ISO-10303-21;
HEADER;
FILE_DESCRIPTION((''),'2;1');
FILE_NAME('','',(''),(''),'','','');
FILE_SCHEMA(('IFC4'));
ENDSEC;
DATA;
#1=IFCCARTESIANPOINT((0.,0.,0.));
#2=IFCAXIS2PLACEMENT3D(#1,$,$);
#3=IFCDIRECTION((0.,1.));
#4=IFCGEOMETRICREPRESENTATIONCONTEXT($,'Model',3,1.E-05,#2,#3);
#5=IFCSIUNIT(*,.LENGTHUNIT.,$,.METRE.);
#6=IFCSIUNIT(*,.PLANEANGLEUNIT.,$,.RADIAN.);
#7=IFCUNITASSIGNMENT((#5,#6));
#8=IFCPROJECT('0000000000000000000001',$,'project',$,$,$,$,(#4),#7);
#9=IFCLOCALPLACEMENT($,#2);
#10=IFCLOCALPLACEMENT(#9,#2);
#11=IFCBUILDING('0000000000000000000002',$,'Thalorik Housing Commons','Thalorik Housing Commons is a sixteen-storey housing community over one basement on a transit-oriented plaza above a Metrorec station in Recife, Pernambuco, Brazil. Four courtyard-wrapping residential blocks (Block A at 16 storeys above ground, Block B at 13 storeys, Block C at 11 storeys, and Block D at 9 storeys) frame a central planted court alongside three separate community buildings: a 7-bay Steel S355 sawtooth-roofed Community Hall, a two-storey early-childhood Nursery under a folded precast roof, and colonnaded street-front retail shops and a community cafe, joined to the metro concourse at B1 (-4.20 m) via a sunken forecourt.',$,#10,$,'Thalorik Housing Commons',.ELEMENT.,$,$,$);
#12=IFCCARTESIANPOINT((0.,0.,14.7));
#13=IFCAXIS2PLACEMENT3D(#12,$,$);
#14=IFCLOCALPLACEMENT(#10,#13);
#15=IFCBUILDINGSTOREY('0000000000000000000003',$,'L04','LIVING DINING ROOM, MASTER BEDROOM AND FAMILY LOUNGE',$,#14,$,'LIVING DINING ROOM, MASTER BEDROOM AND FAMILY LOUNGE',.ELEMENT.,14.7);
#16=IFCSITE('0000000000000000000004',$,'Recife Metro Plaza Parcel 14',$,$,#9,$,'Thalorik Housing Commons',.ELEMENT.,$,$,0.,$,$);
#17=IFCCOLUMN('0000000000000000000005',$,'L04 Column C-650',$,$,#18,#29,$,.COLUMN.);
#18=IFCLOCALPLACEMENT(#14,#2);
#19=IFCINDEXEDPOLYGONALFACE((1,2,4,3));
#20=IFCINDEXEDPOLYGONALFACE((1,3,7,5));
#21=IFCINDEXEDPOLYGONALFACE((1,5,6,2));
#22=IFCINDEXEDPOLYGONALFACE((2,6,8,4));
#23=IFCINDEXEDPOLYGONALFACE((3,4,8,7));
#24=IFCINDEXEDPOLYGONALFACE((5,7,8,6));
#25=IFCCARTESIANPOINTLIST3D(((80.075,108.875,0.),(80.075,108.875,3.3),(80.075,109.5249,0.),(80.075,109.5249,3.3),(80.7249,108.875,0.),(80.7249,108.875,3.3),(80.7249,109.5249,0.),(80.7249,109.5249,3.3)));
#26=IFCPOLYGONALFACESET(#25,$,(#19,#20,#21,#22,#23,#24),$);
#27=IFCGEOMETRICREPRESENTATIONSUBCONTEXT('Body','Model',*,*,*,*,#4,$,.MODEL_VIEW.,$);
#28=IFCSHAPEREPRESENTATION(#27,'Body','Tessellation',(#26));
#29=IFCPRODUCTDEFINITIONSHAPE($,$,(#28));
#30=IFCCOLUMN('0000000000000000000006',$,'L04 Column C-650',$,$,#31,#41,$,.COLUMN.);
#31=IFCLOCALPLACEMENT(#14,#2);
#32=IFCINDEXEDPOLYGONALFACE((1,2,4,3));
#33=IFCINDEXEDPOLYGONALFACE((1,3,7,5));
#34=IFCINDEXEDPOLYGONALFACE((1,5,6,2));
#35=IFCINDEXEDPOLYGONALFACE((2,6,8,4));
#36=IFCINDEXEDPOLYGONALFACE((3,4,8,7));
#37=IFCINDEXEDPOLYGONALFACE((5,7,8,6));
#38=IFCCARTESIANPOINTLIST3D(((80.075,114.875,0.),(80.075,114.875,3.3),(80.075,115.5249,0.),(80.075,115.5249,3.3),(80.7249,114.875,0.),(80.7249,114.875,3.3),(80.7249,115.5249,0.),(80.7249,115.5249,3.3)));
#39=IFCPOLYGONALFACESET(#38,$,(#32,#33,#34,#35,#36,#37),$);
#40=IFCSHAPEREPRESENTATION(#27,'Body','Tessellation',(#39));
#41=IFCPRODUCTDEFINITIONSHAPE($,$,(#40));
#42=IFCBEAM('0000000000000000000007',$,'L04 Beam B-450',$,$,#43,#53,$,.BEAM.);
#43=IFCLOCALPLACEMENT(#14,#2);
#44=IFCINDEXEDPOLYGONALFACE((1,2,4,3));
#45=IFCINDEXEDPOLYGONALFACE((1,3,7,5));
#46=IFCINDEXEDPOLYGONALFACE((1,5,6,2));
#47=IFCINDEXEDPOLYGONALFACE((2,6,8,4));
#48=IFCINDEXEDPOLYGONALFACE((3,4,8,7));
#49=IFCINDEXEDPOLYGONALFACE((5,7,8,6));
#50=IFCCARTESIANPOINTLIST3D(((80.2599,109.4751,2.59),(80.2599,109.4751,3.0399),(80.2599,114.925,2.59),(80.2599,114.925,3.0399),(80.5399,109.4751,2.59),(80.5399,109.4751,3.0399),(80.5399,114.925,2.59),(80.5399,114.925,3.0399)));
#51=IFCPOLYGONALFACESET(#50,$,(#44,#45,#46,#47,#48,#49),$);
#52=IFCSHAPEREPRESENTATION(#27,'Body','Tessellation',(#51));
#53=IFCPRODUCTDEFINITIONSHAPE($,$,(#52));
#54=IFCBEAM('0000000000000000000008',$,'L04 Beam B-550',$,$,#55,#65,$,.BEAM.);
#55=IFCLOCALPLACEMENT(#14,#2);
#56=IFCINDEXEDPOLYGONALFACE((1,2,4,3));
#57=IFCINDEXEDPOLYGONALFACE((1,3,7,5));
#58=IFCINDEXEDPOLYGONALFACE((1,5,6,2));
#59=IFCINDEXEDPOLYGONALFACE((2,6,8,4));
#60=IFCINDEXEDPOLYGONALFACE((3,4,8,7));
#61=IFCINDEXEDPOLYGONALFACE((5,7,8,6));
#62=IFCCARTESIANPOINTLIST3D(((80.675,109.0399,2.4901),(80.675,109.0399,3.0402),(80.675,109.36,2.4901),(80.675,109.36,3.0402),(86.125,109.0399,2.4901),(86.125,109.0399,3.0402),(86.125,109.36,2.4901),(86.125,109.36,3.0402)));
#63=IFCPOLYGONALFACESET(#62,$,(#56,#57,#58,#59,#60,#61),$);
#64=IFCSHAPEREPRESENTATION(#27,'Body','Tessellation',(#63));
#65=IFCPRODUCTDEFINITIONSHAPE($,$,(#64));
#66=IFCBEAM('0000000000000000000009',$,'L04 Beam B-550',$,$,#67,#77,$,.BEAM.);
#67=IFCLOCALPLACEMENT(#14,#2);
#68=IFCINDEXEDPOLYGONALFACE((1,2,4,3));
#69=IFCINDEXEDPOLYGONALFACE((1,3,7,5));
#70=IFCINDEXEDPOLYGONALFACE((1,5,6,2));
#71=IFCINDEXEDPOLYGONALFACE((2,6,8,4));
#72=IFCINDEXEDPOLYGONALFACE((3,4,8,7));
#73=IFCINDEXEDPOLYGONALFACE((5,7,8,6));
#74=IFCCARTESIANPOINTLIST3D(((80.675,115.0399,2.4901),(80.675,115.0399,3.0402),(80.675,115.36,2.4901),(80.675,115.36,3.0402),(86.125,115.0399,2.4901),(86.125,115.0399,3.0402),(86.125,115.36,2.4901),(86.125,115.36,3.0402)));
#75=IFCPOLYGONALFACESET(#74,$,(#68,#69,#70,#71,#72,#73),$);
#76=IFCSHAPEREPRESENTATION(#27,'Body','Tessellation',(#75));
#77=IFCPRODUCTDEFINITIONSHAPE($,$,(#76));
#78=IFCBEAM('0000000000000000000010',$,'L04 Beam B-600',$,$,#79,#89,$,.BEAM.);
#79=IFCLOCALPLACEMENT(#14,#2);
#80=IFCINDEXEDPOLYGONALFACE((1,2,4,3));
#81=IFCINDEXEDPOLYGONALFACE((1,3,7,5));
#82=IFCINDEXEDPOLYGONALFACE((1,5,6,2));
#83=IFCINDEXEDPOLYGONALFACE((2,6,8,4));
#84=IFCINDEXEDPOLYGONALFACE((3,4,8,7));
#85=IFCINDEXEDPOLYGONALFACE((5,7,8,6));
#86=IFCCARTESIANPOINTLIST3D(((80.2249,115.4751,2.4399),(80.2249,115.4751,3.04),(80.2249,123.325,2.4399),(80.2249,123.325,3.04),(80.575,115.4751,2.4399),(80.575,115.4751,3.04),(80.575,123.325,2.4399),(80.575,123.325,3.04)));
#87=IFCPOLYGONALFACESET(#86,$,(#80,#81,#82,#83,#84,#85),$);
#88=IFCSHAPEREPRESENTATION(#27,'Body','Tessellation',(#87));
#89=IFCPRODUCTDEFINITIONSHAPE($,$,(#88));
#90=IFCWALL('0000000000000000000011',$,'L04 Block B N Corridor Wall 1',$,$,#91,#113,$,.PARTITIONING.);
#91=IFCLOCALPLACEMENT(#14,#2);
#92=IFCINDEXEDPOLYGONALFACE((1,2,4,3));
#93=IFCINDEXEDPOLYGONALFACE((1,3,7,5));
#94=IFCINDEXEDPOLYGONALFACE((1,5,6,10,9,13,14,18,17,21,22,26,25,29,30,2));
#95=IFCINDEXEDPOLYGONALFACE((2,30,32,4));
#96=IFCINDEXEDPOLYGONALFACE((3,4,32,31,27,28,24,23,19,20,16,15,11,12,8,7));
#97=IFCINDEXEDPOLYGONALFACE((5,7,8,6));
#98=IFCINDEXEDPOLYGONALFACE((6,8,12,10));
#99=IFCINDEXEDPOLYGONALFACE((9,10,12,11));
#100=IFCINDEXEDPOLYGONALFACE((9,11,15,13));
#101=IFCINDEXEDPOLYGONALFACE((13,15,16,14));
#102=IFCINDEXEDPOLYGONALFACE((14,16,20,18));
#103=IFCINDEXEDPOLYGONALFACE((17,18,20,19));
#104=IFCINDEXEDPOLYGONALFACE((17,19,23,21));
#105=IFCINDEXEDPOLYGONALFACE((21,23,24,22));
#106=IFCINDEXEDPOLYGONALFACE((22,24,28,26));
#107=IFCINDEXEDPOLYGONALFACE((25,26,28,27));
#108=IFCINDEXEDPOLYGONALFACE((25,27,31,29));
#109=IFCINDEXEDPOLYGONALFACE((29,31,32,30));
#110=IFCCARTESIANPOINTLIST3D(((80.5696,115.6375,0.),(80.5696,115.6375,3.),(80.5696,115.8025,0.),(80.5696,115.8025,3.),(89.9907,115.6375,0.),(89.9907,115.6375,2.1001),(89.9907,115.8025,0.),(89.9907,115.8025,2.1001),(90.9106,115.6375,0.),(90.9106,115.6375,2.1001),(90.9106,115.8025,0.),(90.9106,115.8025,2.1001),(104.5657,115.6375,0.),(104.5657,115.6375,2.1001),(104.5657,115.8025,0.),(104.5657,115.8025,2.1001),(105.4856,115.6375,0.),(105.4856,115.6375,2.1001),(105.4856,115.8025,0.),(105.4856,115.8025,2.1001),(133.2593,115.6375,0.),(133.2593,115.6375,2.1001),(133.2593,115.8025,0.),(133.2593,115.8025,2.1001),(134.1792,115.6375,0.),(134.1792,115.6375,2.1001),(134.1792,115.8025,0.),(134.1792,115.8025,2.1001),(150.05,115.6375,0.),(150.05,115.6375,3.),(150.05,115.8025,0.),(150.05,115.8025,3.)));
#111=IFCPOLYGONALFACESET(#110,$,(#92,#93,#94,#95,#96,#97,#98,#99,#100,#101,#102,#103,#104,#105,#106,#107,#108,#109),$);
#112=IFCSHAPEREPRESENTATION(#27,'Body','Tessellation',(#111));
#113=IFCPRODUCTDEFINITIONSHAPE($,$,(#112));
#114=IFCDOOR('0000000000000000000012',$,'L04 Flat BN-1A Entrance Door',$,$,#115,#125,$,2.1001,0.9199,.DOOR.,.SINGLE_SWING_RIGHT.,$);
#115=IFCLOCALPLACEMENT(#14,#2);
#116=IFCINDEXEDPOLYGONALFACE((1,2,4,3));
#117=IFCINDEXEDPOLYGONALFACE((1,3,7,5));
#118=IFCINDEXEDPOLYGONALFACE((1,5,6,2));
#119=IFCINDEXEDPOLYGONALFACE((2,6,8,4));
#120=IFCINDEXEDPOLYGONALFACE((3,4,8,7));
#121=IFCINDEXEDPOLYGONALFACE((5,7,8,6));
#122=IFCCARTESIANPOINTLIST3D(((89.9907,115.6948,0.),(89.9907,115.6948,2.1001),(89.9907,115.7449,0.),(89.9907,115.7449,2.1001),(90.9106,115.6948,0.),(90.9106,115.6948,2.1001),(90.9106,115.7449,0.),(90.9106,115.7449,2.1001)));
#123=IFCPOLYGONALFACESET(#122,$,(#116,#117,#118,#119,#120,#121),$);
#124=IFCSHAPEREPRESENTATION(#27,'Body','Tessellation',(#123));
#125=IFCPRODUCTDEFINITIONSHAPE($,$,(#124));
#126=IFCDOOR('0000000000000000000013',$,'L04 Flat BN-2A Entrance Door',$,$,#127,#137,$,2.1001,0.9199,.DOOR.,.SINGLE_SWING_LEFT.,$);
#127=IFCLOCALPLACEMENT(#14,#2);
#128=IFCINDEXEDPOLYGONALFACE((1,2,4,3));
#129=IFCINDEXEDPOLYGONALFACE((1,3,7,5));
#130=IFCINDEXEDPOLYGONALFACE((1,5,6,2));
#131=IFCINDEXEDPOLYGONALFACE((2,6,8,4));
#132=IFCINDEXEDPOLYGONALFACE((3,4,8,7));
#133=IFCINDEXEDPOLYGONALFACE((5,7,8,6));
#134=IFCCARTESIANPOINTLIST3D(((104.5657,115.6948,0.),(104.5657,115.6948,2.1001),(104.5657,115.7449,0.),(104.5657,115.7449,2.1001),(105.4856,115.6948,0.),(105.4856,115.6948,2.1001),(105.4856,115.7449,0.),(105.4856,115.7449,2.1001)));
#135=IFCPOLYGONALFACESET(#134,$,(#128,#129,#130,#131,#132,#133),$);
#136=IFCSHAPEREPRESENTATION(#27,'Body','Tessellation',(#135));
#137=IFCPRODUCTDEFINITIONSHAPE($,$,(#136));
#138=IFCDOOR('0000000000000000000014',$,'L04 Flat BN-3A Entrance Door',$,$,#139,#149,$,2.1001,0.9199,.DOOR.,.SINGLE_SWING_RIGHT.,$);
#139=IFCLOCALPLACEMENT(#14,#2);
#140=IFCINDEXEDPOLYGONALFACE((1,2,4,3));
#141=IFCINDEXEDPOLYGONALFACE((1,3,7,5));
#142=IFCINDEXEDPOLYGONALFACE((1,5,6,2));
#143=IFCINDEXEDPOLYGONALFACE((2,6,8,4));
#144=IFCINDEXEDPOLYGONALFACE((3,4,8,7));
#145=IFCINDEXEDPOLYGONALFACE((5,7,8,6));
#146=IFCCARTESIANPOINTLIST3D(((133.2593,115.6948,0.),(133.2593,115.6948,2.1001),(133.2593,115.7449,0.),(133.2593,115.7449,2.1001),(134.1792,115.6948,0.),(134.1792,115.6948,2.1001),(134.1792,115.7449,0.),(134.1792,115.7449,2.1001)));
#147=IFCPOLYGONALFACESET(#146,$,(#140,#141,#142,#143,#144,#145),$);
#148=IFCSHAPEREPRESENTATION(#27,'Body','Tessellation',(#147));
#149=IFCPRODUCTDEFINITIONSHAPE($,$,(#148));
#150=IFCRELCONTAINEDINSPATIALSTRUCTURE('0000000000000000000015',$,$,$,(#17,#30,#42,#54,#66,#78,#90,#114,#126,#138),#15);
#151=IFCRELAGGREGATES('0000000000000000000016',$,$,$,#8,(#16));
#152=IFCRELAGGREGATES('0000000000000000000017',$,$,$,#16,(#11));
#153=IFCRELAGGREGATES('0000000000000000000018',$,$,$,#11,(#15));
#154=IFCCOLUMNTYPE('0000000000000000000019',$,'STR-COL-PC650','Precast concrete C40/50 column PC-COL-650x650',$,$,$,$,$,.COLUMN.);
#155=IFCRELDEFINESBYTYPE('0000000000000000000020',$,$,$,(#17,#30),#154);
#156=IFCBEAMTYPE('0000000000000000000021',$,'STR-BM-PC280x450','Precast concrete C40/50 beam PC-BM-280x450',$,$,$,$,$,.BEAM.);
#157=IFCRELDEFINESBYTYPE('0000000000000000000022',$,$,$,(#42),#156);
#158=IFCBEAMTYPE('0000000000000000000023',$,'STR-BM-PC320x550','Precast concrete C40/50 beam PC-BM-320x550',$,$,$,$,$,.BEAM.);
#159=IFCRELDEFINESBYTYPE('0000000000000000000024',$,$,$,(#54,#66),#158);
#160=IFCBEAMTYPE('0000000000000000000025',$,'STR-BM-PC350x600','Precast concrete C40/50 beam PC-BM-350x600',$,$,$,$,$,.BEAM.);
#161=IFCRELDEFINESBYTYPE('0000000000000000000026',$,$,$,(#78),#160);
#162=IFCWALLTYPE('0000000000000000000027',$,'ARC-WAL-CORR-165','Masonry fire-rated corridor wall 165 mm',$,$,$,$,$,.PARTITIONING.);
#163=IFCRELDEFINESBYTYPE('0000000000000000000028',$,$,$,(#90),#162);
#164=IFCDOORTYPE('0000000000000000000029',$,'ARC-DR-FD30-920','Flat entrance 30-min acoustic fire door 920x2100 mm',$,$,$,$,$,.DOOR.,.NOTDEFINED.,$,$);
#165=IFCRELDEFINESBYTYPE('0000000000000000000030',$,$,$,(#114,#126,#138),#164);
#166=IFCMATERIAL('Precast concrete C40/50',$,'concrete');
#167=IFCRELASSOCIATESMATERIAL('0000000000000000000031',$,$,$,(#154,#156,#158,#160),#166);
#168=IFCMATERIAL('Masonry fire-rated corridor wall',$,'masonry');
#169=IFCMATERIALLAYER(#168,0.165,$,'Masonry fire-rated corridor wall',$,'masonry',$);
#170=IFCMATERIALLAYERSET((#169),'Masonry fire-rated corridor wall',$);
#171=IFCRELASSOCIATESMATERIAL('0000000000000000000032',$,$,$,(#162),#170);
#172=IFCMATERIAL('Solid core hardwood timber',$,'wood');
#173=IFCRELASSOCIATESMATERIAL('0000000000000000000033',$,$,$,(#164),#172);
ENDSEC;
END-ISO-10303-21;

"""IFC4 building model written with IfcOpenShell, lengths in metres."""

from ifc_helpers import new_model, si_unit, direction, frame, frame_2d, origin, origin_2d, place, context, subcontext, project, spatial, rectangle, extrude, material, layer, layer_set, material_profile, profile_set, type_object, element, fill, save


model = new_model("IFC4")

# Units and contexts
model_context = context("Model", 3, precision=1e-05, world=origin(), true_north=direction((0.0, 1.0)))
body_context = subcontext(model_context, "Body", "Model", "MODEL_VIEW")
ifc_project = project(units=[si_unit("LENGTHUNIT", "METRE"), si_unit("PLANEANGLEUNIT", "RADIAN")], contexts=[model_context])

# Site, building, storey
site_placement = place(None, origin())
site = spatial("IfcSite", under=ifc_project, at=site_placement, Name="Recife Metro Plaza Parcel 14", LongName="Thalorik Housing Commons", CompositionType="ELEMENT", RefElevation=0.0)
building_placement = place(site_placement, origin())
building = spatial("IfcBuilding", under=site, at=building_placement, Name="Thalorik Housing Commons", Description="Thalorik Housing Commons is a sixteen-storey housing community over one basement on a transit-oriented plaza above a Metrorec station in Recife, Pernambuco, Brazil. Four courtyard-wrapping residential blocks (Block A at 16 storeys above ground, Block B at 13 storeys, Block C at 11 storeys, and Block D at 9 storeys) frame a central planted court alongside three separate community buildings: a 7-bay Steel S355 sawtooth-roofed Community Hall, a two-storey early-childhood Nursery under a folded precast roof, and colonnaded street-front retail shops and a community cafe, joined to the metro concourse at B1 (-4.20 m) via a sunken forecourt.", LongName="Thalorik Housing Commons", CompositionType="ELEMENT")
storey_placement = place(building_placement, frame((0.0, 0.0, 14.7)))
storey = spatial("IfcBuildingStorey", under=building, at=storey_placement, Name="L04", Description="LIVING DINING ROOM, MASTER BEDROOM AND FAMILY LOUNGE", LongName="LIVING DINING ROOM, MASTER BEDROOM AND FAMILY LOUNGE", CompositionType="ELEMENT", Elevation=14.7)

# Columns
ifc_material_1 = material(Name="Precast concrete C40/50", Category="concrete")
ifc_material_profile_1 = material_profile(ifc_material_1, rectangle(XDim=0.6499, YDim=0.6499, at=origin_2d()), Name="PC 650x650", Category="concrete")
ifc_profile_set_1 = profile_set([ifc_material_profile_1], Name="Precast concrete C40/50")
column_type = type_object("IfcColumnType", Name="STR-COL-PC650", Description="Precast concrete C40/50 column PC-COL-650x650", PredefinedType="COLUMN", material=ifc_profile_set_1)
for number, where, z_axis, x_axis, name in (
    (1, (80.3999, 109.2, 0.0), (0.0, 0.0, 1.0), (1.0, 0.0, 0.0), "L04 Column C-650"),
    (2, (80.3999, 115.2, 0.0), (0.0, 0.0, 1.0), (1.0, 0.0, 0.0), "L04 Column C-650"),
):
    element("IfcColumn", number, at=place(storey_placement, frame(where, z_axis=z_axis, x_axis=x_axis)), inside=storey, type_object=column_type, Name=name, PredefinedType="COLUMN", context=body_context, shape_type="SweptSolid", body=[
        extrude(rectangle(XDim=0.6499, YDim=0.6499, at=origin_2d()), origin(), (0.0, 0.0, 1.0), 3.3),
    ])

# Beams
ifc_material_profile_2 = material_profile(ifc_material_1, rectangle(XDim=0.28, YDim=0.45, at=origin_2d()), Name="PC 280x450", Category="concrete")
ifc_profile_set_2 = profile_set([ifc_material_profile_2], Name="Precast concrete C40/50")
beam_type_1 = type_object("IfcBeamType", Name="STR-BM-PC280x450", Description="Precast concrete C40/50 beam PC-BM-280x450", PredefinedType="BEAM", material=ifc_profile_set_2)
beam_1_placement = place(storey_placement, frame((80.3999, 109.4751, 2.8149), z_axis=(0.0, 1.0, 0.0), x_axis=(-1.0, 0.0, 0.0)))
element("IfcBeam", 3, at=beam_1_placement, inside=storey, type_object=beam_type_1, Name="L04 Beam B-450", PredefinedType="BEAM", context=body_context, shape_type="SweptSolid", body=[
    extrude(rectangle(XDim=0.28, YDim=0.45, at=origin_2d()), origin(), (0.0, 0.0, 1.0), 5.45),
])
ifc_material_profile_3 = material_profile(ifc_material_1, rectangle(XDim=0.3201, YDim=0.55, at=origin_2d()), Name="PC 320x550", Category="concrete")
ifc_profile_set_3 = profile_set([ifc_material_profile_3], Name="Precast concrete C40/50")
beam_type_2 = type_object("IfcBeamType", Name="STR-BM-PC320x550", Description="Precast concrete C40/50 beam PC-BM-320x550", PredefinedType="BEAM", material=ifc_profile_set_3)
for number, where, z_axis, x_axis, name in (
    (4, (80.675, 109.2, 2.7651), (1.0, 0.0, 0.0), (0.0, 1.0, 0.0), "L04 Beam B-550"),
    (5, (80.675, 115.2, 2.7651), (1.0, 0.0, 0.0), (0.0, 1.0, 0.0), "L04 Beam B-550"),
):
    element("IfcBeam", number, at=place(storey_placement, frame(where, z_axis=z_axis, x_axis=x_axis)), inside=storey, type_object=beam_type_2, Name=name, PredefinedType="BEAM", context=body_context, shape_type="SweptSolid", body=[
        extrude(rectangle(XDim=0.3201, YDim=0.55, at=origin_2d()), origin(), (0.0, 0.0, 1.0), 5.45),
    ])
ifc_material_profile_4 = material_profile(ifc_material_1, rectangle(XDim=0.3501, YDim=0.6001, at=origin_2d()), Name="PC 350x600", Category="concrete")
ifc_profile_set_4 = profile_set([ifc_material_profile_4], Name="Precast concrete C40/50")
beam_type_3 = type_object("IfcBeamType", Name="STR-BM-PC350x600", Description="Precast concrete C40/50 beam PC-BM-350x600", PredefinedType="BEAM", material=ifc_profile_set_4)
beam_2_placement = place(storey_placement, frame((80.3999, 115.4751, 2.74), z_axis=(0.0, 1.0, 0.0), x_axis=(-1.0, 0.0, 0.0)))
element("IfcBeam", 6, at=beam_2_placement, inside=storey, type_object=beam_type_3, Name="L04 Beam B-600", PredefinedType="BEAM", context=body_context, shape_type="SweptSolid", body=[
    extrude(rectangle(XDim=0.3501, YDim=0.6001, at=origin_2d()), origin(), (0.0, 0.0, 1.0), 7.8499),
])

# Wall, openings, doors
ifc_material_2 = material(Name="Masonry fire-rated corridor wall", Category="masonry")
ifc_layer_1 = layer(ifc_material_2, 0.165, Name="Masonry fire-rated corridor wall", Category="masonry")
ifc_layer_set_1 = layer_set([ifc_layer_1], Name="Masonry fire-rated corridor wall")
wall_type_1 = type_object("IfcWallType", Name="ARC-WAL-CORR-165", Description="Masonry fire-rated corridor wall 165 mm", PredefinedType="PARTITIONING", material=ifc_layer_set_1)
wall_1_placement = place(storey_placement, frame((80.5696, 115.72, 0.0), z_axis=(0.0, 0.0, 1.0), x_axis=(1.0, 0.0, 0.0)))
wall_1 = element("IfcWall", 7, at=wall_1_placement, inside=storey, type_object=wall_type_1, Name="L04 Block B N Corridor Wall 1", PredefinedType="PARTITIONING", context=body_context, shape_type="SweptSolid", body=[
    extrude(rectangle(XDim=69.4805, YDim=0.165, at=frame_2d((34.7402, 0.0))), origin(), (0.0, 0.0, 1.0), 3.0),
])
opening_1_placement = place(wall_1_placement, frame((9.4211, 0.0, 0.0)))
opening_1 = element("IfcOpeningElement", 8, at=opening_1_placement, cuts=wall_1, PredefinedType="OPENING", context=body_context, shape_type="SweptSolid", body=[
    extrude(rectangle(XDim=0.9199, YDim=2.1001, at=frame_2d((0.46, 1.05))), frame((0.0, 0.0925, 0.0), z_axis=(0.0, -1.0, 0.0), x_axis=(1.0, 0.0, 0.0)), (0.0, 0.0, 1.0), 0.1851),
])
opening_2_placement = place(wall_1_placement, frame((23.9961, 0.0, 0.0)))
opening_2 = element("IfcOpeningElement", 9, at=opening_2_placement, cuts=wall_1, PredefinedType="OPENING", context=body_context, shape_type="SweptSolid", body=[
    extrude(rectangle(XDim=0.9199, YDim=2.1001, at=frame_2d((0.46, 1.05))), frame((0.0, 0.0925, 0.0), z_axis=(0.0, -1.0, 0.0), x_axis=(1.0, 0.0, 0.0)), (0.0, 0.0, 1.0), 0.1851),
])
opening_3_placement = place(wall_1_placement, frame((52.6897, 0.0, 0.0)))
opening_3 = element("IfcOpeningElement", 10, at=opening_3_placement, cuts=wall_1, PredefinedType="OPENING", context=body_context, shape_type="SweptSolid", body=[
    extrude(rectangle(XDim=0.9199, YDim=2.1001, at=frame_2d((0.46, 1.05))), frame((0.0, 0.0925, 0.0), z_axis=(0.0, -1.0, 0.0), x_axis=(1.0, 0.0, 0.0)), (0.0, 0.0, 1.0), 0.1851),
])
ifc_material_3 = material(Name="Solid core hardwood timber", Category="wood")
door_type = type_object("IfcDoorType", Name="ARC-DR-FD30-920", Description="Flat entrance 30-min acoustic fire door 920x2100 mm", OperationType="NOTDEFINED", PredefinedType="DOOR", material=ifc_material_3)
door_1_placement = place(opening_1_placement, origin())
door_1 = element("IfcDoor", 11, at=door_1_placement, inside=storey, type_object=door_type, Name="L04 Flat BN-1A Entrance Door", OperationType="SINGLE_SWING_RIGHT", OverallHeight=2.1001, OverallWidth=0.9199, PredefinedType="DOOR", context=body_context, shape_type="SweptSolid", body=[
    extrude(rectangle(XDim=0.9199, YDim=2.1001, at=frame_2d((0.46, 1.05))), frame((0.0, 0.0249, 0.0), z_axis=(0.0, -1.0, 0.0), x_axis=(1.0, 0.0, 0.0)), (0.0, 0.0, 1.0), 0.05),
])
fill(opening_1, door_1)
door_2_placement = place(opening_2_placement, origin())
door_2 = element("IfcDoor", 12, at=door_2_placement, inside=storey, type_object=door_type, Name="L04 Flat BN-2A Entrance Door", OperationType="SINGLE_SWING_LEFT", OverallHeight=2.1001, OverallWidth=0.9199, PredefinedType="DOOR", context=body_context, shape_type="SweptSolid", body=[
    extrude(rectangle(XDim=0.9199, YDim=2.1001, at=frame_2d((0.46, 1.05))), frame((0.0, 0.0249, 0.0), z_axis=(0.0, -1.0, 0.0), x_axis=(1.0, 0.0, 0.0)), (0.0, 0.0, 1.0), 0.05),
])
fill(opening_2, door_2)
door_3_placement = place(opening_3_placement, origin())
door_3 = element("IfcDoor", 13, at=door_3_placement, inside=storey, type_object=door_type, Name="L04 Flat BN-3A Entrance Door", OperationType="SINGLE_SWING_RIGHT", OverallHeight=2.1001, OverallWidth=0.9199, PredefinedType="DOOR", context=body_context, shape_type="SweptSolid", body=[
    extrude(rectangle(XDim=0.9199, YDim=2.1001, at=frame_2d((0.46, 1.05))), frame((0.0, 0.0249, 0.0), z_axis=(0.0, -1.0, 0.0), x_axis=(1.0, 0.0, 0.0)), (0.0, 0.0, 1.0), 0.05),
])
fill(opening_3, door_3)

save(model, "model.ifc")
